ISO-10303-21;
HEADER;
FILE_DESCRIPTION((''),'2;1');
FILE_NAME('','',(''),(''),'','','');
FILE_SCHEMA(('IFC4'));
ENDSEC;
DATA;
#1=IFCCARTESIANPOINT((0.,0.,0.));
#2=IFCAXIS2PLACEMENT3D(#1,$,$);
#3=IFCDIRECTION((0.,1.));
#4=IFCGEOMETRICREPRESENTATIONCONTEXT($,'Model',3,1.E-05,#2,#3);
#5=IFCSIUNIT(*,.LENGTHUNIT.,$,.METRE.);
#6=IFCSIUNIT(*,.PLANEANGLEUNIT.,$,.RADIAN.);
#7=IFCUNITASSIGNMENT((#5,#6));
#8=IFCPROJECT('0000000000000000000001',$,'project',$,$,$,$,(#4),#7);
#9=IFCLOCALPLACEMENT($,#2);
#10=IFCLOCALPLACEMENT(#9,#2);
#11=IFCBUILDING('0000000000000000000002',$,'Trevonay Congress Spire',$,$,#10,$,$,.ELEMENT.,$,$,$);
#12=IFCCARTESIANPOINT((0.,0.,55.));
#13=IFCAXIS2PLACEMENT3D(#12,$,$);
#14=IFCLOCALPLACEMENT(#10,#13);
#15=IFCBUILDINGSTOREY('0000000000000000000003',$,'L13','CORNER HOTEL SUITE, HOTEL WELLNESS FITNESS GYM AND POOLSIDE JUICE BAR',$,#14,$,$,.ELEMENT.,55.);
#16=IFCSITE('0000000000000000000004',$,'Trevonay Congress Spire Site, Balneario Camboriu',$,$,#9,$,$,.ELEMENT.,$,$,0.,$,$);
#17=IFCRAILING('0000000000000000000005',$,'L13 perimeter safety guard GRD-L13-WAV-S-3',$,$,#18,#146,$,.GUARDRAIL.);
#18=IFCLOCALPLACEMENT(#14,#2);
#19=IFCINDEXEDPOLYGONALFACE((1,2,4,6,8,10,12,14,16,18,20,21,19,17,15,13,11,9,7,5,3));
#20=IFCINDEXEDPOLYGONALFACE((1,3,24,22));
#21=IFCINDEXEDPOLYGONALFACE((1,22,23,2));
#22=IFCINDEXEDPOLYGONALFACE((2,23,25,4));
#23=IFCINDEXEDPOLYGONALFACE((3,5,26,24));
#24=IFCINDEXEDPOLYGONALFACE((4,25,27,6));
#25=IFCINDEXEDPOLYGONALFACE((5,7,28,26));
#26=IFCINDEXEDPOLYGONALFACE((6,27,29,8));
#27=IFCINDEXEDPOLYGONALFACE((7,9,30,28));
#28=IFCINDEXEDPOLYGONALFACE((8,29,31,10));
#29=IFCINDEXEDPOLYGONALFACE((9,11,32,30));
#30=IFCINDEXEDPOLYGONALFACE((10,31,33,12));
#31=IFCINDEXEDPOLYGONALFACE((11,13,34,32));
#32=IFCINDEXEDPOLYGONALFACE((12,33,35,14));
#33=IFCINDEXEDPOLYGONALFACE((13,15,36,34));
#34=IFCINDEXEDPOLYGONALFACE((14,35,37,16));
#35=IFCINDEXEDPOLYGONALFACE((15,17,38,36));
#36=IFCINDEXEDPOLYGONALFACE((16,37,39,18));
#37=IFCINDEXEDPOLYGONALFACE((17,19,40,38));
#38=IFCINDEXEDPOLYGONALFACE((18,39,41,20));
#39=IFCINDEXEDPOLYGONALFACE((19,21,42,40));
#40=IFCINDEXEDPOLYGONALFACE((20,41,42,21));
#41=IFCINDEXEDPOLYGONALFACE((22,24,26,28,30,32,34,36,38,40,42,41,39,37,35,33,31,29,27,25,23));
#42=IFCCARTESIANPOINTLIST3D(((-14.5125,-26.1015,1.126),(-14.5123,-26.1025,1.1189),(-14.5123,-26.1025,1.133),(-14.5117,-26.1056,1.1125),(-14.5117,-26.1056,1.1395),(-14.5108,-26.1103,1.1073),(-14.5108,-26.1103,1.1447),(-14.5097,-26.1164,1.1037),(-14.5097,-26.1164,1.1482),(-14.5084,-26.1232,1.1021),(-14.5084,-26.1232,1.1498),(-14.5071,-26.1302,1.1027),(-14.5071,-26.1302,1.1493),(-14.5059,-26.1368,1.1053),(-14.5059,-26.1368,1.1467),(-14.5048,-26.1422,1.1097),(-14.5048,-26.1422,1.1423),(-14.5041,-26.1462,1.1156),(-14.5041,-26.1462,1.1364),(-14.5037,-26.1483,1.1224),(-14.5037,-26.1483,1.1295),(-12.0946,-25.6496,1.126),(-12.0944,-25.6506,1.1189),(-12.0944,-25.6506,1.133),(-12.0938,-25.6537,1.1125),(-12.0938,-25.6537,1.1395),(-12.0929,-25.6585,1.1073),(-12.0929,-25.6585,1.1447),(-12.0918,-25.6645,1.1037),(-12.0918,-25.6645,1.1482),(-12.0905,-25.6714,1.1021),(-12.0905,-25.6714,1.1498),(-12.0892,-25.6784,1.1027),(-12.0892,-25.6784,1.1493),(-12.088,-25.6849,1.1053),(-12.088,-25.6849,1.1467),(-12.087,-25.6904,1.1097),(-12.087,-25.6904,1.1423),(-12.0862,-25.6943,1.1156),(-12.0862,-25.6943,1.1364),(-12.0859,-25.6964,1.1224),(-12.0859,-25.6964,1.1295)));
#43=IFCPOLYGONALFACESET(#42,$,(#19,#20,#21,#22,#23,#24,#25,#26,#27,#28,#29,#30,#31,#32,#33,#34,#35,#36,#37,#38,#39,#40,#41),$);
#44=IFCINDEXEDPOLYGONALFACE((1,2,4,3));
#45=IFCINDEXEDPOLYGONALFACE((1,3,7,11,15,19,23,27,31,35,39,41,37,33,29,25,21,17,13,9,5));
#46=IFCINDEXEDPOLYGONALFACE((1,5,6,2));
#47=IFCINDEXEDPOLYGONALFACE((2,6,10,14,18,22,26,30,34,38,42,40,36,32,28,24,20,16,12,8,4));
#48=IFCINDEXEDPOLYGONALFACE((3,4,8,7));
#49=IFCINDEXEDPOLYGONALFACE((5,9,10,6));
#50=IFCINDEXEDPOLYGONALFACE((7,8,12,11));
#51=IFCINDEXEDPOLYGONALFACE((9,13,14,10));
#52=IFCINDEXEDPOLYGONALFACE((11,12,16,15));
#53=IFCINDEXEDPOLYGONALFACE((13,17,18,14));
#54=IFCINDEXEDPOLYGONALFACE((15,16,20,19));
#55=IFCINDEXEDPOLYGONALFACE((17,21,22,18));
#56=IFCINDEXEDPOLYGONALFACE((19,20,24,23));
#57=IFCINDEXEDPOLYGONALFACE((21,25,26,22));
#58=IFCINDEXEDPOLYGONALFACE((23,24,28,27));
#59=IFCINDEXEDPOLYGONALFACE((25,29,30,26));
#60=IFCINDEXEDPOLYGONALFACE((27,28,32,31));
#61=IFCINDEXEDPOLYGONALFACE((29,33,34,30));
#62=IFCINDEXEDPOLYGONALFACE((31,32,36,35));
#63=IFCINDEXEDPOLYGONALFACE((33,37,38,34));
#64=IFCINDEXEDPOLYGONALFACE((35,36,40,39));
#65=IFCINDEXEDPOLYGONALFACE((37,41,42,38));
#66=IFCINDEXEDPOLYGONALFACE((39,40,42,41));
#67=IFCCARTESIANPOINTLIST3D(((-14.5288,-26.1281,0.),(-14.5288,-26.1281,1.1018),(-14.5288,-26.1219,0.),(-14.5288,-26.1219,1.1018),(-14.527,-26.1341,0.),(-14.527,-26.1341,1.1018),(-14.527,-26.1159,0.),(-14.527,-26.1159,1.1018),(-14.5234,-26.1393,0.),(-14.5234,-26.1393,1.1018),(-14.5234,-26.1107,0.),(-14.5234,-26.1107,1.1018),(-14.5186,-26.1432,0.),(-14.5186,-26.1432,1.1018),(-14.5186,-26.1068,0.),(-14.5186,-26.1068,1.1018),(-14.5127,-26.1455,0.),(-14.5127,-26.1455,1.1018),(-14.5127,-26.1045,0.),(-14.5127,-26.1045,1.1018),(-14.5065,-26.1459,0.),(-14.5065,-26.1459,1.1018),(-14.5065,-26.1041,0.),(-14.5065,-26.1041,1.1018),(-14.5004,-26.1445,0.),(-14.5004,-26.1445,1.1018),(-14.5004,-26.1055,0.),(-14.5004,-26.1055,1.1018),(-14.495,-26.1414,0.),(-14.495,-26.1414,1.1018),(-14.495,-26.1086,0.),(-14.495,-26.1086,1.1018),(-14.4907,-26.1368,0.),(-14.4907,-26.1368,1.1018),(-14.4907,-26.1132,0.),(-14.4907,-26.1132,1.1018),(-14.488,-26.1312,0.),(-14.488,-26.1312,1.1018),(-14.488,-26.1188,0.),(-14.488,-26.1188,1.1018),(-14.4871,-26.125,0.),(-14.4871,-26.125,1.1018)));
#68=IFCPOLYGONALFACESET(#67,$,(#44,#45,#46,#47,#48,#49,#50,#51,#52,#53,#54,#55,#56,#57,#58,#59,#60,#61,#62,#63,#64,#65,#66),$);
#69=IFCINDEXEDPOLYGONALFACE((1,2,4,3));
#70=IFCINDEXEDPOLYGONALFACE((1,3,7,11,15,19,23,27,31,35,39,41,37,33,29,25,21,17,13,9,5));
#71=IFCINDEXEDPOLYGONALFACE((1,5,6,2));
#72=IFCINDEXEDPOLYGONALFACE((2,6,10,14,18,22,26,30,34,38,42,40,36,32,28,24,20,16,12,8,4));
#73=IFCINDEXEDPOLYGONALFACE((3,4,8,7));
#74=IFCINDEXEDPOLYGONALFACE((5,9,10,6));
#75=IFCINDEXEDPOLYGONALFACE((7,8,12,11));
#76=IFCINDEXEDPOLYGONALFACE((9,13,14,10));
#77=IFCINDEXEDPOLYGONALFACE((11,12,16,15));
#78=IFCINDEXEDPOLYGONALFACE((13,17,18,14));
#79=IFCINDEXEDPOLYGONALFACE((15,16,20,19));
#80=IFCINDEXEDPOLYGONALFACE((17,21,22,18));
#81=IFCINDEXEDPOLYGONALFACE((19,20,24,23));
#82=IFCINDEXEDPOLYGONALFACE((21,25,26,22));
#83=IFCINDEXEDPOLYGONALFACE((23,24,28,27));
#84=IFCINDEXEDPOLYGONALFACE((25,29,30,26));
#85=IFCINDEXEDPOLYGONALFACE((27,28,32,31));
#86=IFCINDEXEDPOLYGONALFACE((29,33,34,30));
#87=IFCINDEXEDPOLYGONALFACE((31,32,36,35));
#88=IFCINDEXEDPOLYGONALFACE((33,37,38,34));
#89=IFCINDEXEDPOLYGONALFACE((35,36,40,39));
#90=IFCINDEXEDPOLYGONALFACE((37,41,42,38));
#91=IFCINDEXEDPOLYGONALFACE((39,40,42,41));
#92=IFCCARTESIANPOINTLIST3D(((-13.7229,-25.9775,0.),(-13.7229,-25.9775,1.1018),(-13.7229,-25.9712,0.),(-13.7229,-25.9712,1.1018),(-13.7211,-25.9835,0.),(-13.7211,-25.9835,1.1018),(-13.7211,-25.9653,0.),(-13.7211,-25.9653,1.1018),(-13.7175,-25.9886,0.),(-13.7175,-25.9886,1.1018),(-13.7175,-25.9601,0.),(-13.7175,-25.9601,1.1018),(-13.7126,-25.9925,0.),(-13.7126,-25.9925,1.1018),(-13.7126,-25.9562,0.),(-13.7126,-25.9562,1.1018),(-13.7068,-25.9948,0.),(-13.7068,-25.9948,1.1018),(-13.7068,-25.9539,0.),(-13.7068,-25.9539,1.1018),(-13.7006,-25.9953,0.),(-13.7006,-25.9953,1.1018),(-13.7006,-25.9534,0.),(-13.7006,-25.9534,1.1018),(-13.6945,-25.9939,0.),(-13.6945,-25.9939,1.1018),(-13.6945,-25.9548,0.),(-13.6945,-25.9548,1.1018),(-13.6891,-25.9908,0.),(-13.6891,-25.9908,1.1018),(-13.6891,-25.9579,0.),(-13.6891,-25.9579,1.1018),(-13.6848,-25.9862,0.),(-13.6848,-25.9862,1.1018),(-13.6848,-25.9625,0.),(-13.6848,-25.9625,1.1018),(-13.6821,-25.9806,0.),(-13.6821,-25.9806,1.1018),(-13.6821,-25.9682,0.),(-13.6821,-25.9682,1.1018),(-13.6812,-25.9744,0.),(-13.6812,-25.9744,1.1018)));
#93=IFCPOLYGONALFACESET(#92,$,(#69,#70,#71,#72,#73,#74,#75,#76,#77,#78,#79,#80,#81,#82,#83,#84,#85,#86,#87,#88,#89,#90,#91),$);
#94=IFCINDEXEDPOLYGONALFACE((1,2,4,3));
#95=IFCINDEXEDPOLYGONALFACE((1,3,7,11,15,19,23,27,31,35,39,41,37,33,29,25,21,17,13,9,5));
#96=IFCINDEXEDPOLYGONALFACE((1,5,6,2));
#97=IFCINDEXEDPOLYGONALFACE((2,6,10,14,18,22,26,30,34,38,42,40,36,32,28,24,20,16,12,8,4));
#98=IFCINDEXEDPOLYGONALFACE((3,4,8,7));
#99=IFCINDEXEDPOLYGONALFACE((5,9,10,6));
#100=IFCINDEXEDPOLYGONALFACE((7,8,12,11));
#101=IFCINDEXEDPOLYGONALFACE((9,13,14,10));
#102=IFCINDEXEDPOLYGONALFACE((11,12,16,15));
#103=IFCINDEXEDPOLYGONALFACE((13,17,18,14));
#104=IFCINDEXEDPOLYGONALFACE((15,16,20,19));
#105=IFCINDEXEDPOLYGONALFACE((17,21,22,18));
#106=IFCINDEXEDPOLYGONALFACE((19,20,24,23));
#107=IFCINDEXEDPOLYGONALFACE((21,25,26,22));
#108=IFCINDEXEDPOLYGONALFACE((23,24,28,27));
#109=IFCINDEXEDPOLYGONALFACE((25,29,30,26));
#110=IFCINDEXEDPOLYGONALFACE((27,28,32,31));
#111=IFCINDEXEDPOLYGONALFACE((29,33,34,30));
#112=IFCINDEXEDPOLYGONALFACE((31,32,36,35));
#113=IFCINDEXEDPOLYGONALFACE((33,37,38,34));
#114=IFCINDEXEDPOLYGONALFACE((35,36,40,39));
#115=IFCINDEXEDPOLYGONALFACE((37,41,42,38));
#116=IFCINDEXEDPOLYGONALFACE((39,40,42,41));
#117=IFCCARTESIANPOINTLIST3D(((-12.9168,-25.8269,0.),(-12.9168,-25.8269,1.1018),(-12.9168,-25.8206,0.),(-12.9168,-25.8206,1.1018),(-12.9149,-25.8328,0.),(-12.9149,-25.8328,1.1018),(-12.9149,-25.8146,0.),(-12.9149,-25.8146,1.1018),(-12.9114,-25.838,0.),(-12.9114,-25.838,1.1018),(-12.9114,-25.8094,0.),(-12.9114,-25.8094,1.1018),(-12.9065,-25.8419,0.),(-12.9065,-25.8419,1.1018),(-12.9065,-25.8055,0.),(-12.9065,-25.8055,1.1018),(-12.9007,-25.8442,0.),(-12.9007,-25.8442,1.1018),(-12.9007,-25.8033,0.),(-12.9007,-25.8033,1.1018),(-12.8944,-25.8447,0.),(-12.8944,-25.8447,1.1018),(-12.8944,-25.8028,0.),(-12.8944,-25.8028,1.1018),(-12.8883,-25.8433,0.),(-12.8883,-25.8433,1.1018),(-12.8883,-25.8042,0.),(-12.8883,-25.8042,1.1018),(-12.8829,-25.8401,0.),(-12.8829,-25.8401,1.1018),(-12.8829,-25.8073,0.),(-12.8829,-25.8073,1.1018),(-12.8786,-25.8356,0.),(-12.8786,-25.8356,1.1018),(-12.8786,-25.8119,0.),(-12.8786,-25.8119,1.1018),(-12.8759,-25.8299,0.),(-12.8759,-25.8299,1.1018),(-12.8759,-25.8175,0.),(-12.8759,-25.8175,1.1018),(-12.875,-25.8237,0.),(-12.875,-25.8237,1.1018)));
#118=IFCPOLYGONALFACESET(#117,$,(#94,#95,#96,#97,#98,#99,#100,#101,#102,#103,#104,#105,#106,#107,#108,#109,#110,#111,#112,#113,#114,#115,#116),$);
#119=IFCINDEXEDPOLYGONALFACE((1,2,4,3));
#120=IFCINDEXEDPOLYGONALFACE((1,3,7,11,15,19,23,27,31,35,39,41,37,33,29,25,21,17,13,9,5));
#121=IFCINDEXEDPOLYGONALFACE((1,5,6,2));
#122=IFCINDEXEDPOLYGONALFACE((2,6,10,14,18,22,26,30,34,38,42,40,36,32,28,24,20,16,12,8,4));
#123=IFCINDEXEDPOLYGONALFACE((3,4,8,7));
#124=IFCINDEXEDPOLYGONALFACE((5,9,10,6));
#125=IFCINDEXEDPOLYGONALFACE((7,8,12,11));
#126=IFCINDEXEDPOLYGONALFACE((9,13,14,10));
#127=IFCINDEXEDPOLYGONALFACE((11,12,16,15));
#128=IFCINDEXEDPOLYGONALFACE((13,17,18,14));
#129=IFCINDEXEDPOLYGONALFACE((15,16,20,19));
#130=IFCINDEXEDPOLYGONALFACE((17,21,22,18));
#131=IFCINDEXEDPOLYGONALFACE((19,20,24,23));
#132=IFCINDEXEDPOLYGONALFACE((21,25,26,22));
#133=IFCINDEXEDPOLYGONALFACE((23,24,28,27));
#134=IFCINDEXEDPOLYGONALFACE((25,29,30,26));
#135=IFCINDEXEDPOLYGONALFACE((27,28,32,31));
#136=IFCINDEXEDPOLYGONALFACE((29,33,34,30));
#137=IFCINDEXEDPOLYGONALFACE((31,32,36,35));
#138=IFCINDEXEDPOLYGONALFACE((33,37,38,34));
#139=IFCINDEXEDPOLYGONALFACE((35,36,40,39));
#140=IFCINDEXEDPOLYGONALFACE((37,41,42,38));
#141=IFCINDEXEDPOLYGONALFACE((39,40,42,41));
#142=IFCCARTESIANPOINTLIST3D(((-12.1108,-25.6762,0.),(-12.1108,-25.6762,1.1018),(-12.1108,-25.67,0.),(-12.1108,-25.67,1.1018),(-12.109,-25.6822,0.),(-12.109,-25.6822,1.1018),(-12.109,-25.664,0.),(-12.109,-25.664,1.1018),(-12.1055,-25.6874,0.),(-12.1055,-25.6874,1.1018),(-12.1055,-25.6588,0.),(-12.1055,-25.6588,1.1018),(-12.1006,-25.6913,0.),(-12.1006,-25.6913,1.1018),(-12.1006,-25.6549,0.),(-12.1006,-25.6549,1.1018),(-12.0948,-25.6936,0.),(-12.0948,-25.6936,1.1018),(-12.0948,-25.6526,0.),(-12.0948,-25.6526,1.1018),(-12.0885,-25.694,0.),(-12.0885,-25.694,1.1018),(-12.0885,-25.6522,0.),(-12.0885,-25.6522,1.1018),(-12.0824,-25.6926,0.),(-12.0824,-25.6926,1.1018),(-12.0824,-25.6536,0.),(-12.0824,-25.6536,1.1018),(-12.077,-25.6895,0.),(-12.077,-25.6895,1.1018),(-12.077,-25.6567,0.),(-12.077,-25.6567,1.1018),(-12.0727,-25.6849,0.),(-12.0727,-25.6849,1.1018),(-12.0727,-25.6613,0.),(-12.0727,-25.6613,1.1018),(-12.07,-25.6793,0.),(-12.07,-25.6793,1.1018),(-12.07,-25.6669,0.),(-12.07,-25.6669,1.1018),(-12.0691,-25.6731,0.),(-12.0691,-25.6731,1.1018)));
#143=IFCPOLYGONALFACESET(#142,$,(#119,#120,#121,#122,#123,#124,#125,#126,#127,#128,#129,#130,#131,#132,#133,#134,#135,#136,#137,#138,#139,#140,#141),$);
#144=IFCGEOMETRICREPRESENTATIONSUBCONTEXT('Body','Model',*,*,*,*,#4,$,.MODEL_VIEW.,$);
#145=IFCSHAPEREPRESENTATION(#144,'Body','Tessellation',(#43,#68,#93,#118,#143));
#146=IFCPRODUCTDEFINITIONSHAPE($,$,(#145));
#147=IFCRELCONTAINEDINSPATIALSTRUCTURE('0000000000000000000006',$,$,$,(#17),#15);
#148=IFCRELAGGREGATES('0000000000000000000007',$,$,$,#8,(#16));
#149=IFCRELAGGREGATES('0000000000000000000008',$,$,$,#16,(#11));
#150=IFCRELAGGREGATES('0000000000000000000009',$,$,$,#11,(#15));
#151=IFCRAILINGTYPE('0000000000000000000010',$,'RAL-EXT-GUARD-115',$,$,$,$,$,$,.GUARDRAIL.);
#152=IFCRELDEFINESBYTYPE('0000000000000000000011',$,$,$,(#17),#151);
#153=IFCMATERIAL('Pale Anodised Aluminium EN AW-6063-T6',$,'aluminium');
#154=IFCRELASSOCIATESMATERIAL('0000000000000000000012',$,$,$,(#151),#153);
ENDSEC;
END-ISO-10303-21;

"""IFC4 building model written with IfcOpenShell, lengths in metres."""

from ifc_helpers import new_model, si_unit, direction, frame, origin, origin_2d, place, context, subcontext, project, spatial, circle, extrude, material, type_object, element, save


model = new_model("IFC4")

# Units and contexts
model_context = context("Model", 3, precision=1e-05, world=origin(), true_north=direction((0.0, 1.0)))
body_context = subcontext(model_context, "Body", "Model", "MODEL_VIEW")
ifc_project = project(units=[si_unit("LENGTHUNIT", "METRE"), si_unit("PLANEANGLEUNIT", "RADIAN")], contexts=[model_context])

# Site, building, storey
site_placement = place(None, origin())
site = spatial("IfcSite", under=ifc_project, at=site_placement, Name="Trevonay Congress Spire Site, Balneario Camboriu", CompositionType="ELEMENT", RefElevation=0.0)
building_placement = place(site_placement, origin())
building = spatial("IfcBuilding", under=site, at=building_placement, Name="Trevonay Congress Spire", CompositionType="ELEMENT")
storey_placement = place(building_placement, frame((0.0, 0.0, 55.0)))
storey = spatial("IfcBuildingStorey", under=building, at=storey_placement, Name="L13", Description="CORNER HOTEL SUITE, HOTEL WELLNESS FITNESS GYM AND POOLSIDE JUICE BAR", CompositionType="ELEMENT", Elevation=55.0)

# Shared definitions
ifc_material_1 = material(Name="Pale Anodised Aluminium EN AW-6063-T6", Category="aluminium")

# Railing
railing_type = type_object("IfcRailingType", Name="RAL-EXT-GUARD-115", PredefinedType="GUARDRAIL", material=ifc_material_1)
railing_1_placement = place(storey_placement, frame((-14.5081, -26.125, 0.0)))
element("IfcRailing", 1, at=railing_1_placement, inside=storey, type_object=railing_type, Name="L13 perimeter safety guard GRD-L13-WAV-S-3", PredefinedType="GUARDRAIL", context=body_context, shape_type="SweptSolid", body=[
    extrude(circle(Radius=0.0239, at=origin_2d()), frame((0.0, 0.0, 1.126), z_axis=(0.98298, 0.183713, 0.0), x_axis=(-0.183713, 0.98298, 0.0)), (0.0, 0.0, 1.0), 2.4597),
    extrude(circle(Radius=0.021, at=origin_2d()), origin(), (0.0, 0.0, 1.0), 1.1018),
    extrude(circle(Radius=0.021, at=origin_2d()), frame((0.8059, 0.1506, 0.0)), (0.0, 0.0, 1.0), 1.1018),
    extrude(circle(Radius=0.021, at=origin_2d()), frame((1.6121, 0.3013, 0.0)), (0.0, 0.0, 1.0), 1.1018),
    extrude(circle(Radius=0.021, at=origin_2d()), frame((2.418, 0.4519, 0.0)), (0.0, 0.0, 1.0), 1.1018),
])

save(model, "model.ifc")
